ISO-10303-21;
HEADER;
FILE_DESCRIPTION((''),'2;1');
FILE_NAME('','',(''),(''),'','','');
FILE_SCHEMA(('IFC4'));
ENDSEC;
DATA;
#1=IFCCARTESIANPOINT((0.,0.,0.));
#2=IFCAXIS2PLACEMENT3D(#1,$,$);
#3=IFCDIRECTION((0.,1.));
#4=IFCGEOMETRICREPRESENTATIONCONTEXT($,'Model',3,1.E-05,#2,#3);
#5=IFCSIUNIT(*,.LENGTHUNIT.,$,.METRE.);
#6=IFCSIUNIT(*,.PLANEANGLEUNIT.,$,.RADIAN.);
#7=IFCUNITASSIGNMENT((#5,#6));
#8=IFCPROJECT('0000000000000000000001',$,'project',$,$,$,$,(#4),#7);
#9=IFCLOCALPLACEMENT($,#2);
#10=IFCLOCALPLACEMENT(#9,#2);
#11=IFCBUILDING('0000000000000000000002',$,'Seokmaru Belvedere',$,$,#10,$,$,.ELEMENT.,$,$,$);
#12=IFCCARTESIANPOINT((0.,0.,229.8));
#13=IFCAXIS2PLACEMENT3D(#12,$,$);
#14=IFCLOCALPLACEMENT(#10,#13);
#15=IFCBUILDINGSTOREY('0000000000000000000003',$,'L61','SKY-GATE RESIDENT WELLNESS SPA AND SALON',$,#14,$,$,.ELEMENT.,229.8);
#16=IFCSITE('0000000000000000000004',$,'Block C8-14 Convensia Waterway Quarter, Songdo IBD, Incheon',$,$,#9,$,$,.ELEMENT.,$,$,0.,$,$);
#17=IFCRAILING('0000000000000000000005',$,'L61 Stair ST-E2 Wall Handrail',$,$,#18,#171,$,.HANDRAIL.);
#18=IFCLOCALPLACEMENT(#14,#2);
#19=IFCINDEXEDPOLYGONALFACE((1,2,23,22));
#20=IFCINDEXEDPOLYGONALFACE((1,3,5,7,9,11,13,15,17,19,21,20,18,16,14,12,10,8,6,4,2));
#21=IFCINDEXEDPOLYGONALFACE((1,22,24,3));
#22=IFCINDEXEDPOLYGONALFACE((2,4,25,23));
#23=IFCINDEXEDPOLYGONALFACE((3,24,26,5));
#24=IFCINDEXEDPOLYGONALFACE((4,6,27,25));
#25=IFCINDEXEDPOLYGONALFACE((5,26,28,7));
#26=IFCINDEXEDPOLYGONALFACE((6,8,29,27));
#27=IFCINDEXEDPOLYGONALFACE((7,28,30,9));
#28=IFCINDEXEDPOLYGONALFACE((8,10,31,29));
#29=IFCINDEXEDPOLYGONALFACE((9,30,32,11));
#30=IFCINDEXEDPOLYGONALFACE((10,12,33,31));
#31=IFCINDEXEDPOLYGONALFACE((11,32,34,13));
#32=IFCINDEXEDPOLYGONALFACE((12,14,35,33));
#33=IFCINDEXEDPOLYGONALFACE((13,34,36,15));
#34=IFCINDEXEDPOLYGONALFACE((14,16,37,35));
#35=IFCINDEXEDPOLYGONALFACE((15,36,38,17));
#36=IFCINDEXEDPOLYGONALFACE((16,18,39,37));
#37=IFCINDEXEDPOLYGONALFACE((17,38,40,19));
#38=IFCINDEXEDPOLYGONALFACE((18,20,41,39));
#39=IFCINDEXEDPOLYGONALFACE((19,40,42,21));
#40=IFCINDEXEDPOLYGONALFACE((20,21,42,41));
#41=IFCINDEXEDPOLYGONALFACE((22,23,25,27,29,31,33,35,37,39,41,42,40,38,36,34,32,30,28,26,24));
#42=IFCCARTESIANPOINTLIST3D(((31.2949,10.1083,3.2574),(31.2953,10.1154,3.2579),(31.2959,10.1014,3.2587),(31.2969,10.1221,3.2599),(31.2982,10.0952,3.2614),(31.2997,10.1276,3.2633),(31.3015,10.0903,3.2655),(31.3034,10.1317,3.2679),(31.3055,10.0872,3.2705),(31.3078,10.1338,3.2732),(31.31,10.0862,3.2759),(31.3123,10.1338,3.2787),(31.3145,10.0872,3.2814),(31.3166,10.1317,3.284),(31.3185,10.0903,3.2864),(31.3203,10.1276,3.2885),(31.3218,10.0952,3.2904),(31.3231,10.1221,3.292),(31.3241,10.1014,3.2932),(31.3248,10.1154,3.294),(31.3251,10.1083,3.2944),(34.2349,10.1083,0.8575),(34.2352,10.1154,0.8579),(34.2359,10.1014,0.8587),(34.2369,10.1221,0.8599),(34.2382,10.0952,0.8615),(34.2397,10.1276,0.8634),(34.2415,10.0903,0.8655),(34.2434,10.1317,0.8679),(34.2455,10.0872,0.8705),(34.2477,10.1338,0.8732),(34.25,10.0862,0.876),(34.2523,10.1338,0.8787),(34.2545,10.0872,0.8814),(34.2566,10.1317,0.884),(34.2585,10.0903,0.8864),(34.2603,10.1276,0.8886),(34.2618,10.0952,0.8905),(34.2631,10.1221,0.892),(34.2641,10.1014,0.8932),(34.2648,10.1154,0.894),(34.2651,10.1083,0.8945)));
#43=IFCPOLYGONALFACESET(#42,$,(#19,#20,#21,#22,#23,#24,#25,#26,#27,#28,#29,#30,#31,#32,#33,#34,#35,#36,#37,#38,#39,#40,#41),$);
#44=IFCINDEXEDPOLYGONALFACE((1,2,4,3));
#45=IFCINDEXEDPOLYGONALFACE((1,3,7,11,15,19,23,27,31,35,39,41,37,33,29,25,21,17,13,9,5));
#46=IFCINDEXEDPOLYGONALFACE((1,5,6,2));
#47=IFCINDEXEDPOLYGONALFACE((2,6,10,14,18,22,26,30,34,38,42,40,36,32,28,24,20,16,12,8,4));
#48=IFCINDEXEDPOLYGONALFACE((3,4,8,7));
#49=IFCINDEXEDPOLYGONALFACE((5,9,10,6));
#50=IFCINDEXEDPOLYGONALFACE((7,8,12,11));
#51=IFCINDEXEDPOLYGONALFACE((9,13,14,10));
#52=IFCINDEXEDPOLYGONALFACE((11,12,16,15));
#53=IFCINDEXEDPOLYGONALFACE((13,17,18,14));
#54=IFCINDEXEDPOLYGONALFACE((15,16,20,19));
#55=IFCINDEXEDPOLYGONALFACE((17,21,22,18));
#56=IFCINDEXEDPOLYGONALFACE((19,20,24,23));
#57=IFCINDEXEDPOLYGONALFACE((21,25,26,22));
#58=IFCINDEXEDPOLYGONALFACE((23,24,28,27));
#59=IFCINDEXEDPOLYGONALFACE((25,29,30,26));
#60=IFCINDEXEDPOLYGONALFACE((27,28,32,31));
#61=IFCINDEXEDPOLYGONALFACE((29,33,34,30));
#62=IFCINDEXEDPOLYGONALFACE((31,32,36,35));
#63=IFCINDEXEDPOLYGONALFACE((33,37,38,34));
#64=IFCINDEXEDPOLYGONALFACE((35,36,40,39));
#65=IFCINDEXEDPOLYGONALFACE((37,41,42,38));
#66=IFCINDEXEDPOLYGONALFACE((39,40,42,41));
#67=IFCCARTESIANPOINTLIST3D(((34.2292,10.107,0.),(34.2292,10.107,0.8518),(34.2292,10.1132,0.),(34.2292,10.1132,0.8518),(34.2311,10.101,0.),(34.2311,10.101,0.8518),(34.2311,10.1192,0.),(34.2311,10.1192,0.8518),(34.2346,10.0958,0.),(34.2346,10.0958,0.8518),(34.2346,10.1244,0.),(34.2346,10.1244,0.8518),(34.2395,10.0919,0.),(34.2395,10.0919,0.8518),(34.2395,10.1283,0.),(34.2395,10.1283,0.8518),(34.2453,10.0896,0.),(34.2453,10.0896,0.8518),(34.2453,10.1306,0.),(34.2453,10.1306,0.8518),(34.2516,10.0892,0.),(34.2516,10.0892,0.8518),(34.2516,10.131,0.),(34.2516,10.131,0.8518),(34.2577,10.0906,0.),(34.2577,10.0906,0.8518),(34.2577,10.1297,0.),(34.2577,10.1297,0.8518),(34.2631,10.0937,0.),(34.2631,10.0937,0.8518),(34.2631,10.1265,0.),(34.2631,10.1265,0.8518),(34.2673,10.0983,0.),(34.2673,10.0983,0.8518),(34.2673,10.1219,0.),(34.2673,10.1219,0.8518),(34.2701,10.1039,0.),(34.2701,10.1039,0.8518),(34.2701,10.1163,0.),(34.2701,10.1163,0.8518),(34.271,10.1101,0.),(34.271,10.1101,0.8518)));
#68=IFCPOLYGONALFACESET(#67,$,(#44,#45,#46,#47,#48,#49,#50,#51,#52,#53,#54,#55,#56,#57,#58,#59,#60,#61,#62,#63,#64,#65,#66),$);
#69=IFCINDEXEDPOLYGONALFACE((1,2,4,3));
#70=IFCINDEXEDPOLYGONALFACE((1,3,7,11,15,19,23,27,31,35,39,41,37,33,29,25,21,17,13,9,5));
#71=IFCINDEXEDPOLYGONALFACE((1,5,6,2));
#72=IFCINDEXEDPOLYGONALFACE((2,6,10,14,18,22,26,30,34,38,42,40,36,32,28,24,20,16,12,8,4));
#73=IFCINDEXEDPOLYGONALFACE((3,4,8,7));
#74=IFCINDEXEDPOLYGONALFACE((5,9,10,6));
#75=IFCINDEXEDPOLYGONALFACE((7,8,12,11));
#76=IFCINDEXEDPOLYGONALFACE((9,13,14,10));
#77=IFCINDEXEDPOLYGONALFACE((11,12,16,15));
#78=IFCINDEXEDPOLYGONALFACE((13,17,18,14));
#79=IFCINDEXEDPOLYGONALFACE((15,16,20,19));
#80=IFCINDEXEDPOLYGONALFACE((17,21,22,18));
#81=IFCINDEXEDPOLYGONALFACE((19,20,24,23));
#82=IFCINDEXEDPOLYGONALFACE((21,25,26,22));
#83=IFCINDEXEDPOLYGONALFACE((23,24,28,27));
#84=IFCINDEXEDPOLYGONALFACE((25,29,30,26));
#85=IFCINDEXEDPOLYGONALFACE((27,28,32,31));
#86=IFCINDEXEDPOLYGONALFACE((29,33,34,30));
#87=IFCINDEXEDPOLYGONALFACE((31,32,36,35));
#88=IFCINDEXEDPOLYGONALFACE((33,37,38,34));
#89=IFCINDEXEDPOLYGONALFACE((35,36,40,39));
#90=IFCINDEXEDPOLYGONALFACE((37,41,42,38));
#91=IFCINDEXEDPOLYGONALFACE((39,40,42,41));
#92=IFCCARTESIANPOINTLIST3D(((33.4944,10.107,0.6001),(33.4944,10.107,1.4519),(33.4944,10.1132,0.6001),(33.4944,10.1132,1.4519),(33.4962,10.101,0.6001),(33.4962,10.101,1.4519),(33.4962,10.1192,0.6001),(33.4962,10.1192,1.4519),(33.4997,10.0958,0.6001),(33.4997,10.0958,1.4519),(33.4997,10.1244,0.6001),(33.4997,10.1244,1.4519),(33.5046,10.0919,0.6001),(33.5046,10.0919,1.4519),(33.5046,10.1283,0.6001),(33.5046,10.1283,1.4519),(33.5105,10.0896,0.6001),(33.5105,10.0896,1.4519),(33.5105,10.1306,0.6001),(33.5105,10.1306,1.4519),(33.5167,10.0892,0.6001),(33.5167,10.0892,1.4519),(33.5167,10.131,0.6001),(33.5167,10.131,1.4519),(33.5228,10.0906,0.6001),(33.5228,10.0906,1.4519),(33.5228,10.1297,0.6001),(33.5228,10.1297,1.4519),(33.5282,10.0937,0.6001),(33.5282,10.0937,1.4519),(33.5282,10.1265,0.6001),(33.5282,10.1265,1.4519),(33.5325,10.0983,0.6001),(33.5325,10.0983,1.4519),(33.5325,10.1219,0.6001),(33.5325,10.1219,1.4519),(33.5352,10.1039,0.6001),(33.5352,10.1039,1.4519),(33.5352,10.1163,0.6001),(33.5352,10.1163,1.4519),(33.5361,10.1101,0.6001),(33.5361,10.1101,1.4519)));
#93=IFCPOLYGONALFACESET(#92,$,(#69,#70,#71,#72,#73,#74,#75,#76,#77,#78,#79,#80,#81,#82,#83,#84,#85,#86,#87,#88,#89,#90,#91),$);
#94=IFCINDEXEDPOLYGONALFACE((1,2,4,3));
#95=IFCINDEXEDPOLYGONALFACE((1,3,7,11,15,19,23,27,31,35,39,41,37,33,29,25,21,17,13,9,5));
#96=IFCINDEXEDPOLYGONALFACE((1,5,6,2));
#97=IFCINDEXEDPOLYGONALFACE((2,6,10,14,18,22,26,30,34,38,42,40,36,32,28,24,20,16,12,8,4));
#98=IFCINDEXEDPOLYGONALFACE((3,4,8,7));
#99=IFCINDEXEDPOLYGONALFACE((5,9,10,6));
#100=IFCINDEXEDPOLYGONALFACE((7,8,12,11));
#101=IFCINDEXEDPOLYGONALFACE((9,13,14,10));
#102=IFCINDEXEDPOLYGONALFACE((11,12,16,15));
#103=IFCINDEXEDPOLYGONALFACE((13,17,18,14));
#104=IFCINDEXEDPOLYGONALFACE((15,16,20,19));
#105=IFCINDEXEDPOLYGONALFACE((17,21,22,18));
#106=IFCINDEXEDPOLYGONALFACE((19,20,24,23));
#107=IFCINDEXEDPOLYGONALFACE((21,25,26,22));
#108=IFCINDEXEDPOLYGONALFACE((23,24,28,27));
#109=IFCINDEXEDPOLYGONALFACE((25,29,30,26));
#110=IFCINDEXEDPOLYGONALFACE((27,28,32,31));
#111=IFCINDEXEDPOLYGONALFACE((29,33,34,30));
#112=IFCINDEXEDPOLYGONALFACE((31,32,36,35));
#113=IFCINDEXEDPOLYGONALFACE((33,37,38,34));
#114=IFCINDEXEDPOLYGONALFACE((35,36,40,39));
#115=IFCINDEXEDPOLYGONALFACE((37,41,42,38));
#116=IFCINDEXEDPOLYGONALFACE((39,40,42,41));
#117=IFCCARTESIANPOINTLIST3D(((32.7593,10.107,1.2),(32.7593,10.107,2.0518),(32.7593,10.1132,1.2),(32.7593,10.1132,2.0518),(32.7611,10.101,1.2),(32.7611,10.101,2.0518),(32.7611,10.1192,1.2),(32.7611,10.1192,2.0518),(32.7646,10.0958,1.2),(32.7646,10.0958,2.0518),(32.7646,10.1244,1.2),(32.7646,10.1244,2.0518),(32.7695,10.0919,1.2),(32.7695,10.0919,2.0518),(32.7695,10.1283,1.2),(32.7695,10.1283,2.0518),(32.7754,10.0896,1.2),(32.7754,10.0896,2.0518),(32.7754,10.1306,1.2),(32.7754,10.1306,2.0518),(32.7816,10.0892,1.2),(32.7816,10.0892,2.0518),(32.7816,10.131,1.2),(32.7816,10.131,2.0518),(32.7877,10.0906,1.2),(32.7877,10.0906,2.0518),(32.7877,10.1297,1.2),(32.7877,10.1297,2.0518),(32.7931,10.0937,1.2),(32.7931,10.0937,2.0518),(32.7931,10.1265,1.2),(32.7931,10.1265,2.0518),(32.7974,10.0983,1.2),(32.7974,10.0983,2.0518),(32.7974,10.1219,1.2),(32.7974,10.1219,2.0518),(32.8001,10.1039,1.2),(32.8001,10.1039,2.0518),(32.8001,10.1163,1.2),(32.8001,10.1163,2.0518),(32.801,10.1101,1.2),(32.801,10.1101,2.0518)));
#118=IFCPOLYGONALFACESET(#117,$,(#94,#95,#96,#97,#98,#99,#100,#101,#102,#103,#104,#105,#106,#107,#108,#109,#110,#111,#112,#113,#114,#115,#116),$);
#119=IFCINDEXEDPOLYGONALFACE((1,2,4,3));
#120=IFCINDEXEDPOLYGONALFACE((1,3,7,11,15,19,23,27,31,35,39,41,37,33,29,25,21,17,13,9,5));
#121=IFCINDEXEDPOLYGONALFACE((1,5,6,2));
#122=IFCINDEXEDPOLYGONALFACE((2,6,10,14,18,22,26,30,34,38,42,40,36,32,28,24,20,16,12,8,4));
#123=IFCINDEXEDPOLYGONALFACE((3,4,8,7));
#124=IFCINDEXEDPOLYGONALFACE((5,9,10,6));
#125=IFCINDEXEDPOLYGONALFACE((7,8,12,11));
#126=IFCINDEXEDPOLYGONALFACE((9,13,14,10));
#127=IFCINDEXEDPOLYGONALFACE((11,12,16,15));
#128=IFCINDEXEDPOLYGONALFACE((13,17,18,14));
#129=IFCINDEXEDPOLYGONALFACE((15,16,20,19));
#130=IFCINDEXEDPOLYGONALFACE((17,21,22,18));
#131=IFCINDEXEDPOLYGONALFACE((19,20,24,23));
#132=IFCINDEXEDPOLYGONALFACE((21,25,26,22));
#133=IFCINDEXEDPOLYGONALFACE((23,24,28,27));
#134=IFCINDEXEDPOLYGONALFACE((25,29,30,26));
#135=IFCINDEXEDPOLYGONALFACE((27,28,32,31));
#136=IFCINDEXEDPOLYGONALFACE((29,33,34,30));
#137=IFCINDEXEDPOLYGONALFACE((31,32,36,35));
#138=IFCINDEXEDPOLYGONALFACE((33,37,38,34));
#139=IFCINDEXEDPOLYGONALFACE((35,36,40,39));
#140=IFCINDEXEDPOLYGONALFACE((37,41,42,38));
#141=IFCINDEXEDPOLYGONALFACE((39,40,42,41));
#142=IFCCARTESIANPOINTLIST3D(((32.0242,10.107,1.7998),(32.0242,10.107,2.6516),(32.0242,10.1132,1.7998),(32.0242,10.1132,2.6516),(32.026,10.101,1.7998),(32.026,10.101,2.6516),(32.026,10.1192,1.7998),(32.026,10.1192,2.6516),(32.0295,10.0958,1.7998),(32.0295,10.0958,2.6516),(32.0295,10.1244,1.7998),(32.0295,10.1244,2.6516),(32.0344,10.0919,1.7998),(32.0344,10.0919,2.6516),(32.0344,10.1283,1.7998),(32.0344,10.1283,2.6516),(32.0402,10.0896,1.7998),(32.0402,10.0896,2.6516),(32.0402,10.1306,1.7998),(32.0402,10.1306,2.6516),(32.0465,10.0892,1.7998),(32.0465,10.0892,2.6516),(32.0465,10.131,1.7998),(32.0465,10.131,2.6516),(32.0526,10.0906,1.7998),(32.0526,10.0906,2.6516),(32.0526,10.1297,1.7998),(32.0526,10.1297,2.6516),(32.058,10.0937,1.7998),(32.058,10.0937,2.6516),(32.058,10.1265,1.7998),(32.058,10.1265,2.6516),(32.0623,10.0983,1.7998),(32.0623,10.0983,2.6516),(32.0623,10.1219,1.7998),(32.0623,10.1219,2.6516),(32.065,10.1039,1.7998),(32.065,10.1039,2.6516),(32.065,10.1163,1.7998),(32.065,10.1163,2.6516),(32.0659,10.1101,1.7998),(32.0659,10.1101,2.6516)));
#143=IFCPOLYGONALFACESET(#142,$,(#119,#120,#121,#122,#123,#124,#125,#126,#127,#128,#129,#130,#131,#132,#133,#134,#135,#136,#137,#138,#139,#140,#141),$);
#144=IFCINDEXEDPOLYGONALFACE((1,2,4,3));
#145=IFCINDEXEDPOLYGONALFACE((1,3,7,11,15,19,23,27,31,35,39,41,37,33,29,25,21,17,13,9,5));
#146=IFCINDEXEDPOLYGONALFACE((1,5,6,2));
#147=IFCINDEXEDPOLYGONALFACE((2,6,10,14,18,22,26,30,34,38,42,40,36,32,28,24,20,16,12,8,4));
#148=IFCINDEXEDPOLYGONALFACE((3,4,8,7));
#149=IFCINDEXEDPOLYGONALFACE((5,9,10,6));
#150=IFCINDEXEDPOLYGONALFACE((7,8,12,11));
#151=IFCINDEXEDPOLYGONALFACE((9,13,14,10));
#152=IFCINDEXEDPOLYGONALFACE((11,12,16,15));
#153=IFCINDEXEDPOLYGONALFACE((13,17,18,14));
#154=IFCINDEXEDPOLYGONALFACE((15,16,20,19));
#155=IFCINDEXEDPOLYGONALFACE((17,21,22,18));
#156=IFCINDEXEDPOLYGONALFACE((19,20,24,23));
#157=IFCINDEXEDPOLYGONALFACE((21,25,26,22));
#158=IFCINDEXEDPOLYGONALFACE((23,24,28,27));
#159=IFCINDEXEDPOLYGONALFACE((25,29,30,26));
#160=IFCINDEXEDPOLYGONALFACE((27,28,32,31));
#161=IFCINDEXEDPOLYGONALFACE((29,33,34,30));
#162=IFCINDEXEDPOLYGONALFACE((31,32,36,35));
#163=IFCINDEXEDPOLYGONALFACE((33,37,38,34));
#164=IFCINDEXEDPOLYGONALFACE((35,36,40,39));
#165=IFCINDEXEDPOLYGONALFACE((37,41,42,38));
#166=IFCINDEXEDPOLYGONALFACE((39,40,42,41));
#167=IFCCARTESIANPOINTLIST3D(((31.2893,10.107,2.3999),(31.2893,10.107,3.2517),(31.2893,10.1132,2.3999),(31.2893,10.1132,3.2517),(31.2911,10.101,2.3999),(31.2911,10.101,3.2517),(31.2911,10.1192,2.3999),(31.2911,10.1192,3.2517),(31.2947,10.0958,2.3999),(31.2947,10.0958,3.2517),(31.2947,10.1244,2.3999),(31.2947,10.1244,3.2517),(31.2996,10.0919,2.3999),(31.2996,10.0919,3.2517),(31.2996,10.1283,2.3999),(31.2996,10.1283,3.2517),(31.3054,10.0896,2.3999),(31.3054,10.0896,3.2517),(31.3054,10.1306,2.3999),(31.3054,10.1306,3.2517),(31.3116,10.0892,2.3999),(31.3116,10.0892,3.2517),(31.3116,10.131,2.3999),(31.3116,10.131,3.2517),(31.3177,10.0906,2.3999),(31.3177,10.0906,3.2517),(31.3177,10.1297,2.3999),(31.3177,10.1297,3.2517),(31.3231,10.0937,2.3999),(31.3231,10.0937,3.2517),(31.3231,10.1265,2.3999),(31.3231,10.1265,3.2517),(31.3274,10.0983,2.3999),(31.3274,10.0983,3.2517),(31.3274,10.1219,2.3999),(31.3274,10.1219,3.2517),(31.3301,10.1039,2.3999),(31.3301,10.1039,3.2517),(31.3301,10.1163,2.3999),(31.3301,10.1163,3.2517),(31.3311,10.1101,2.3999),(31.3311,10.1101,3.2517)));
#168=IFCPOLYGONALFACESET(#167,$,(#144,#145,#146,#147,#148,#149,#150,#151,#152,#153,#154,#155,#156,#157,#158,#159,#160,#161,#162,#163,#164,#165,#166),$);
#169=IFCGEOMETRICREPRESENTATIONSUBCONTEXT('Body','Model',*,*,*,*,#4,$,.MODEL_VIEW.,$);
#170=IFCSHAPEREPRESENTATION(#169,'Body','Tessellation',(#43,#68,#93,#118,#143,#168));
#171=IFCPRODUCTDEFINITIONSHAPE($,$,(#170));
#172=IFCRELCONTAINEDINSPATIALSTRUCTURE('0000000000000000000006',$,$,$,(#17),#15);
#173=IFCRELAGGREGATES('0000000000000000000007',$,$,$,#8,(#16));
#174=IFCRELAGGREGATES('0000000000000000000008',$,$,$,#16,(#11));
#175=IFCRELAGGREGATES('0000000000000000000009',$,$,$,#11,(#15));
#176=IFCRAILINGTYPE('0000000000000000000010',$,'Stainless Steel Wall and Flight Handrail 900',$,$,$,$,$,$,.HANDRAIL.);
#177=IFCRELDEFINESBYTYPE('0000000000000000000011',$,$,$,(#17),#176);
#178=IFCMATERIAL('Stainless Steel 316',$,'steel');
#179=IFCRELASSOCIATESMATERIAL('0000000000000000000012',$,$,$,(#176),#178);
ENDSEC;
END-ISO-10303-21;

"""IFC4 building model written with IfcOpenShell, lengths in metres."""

from ifc_helpers import new_model, si_unit, direction, frame, origin, origin_2d, place, context, subcontext, project, spatial, circle, extrude, material, type_object, element, save


model = new_model("IFC4")

# Units and contexts
model_context = context("Model", 3, precision=1e-05, world=origin(), true_north=direction((0.0, 1.0)))
body_context = subcontext(model_context, "Body", "Model", "MODEL_VIEW")
ifc_project = project(units=[si_unit("LENGTHUNIT", "METRE"), si_unit("PLANEANGLEUNIT", "RADIAN")], contexts=[model_context])

# Site, building, storey
site_placement = place(None, origin())
site = spatial("IfcSite", under=ifc_project, at=site_placement, Name="Block C8-14 Convensia Waterway Quarter, Songdo IBD, Incheon", CompositionType="ELEMENT", RefElevation=0.0)
building_placement = place(site_placement, origin())
building = spatial("IfcBuilding", under=site, at=building_placement, Name="Seokmaru Belvedere", CompositionType="ELEMENT")
storey_placement = place(building_placement, frame((0.0, 0.0, 229.8)))
storey = spatial("IfcBuildingStorey", under=building, at=storey_placement, Name="L61", Description="SKY-GATE RESIDENT WELLNESS SPA AND SALON", CompositionType="ELEMENT", Elevation=229.8)

# Shared definitions
ifc_material_1 = material(Name="Stainless Steel 316", Category="steel")

# Railing
railing_type_1 = type_object("IfcRailingType", Name="Stainless Steel Wall and Flight Handrail 900", PredefinedType="HANDRAIL", material=ifc_material_1)
railing_1_placement = place(storey_placement, frame((34.25, 10.1101, 0.0)))
element("IfcRailing", 1, at=railing_1_placement, inside=storey, type_object=railing_type_1, Name="L61 Stair ST-E2 Wall Handrail", PredefinedType="HANDRAIL", context=body_context, shape_type="SweptSolid", body=[
    extrude(circle(Radius=0.0239, at=origin_2d()), frame((0.0, 0.0, 0.876), z_axis=(-0.774668, 0.0, 0.632369), x_axis=(0.0, -1.0, 0.0)), (0.0, 0.0, 1.0), 3.7952),
    extrude(circle(Radius=0.021, at=origin_2d()), origin(), (0.0, 0.0, 1.0), 0.8518),
    extrude(circle(Radius=0.021, at=origin_2d()), frame((-0.7349, 0.0, 0.6001)), (0.0, 0.0, 1.0), 0.8518),
    extrude(circle(Radius=0.021, at=origin_2d()), frame((-1.47, 0.0, 1.2)), (0.0, 0.0, 1.0), 0.8518),
    extrude(circle(Radius=0.021, at=origin_2d()), frame((-2.2051, 0.0, 1.7998)), (0.0, 0.0, 1.0), 0.8518),
    extrude(circle(Radius=0.021, at=origin_2d()), frame((-2.9399, 0.0, 2.3999)), (0.0, 0.0, 1.0), 0.8518),
])

save(model, "model.ifc")
